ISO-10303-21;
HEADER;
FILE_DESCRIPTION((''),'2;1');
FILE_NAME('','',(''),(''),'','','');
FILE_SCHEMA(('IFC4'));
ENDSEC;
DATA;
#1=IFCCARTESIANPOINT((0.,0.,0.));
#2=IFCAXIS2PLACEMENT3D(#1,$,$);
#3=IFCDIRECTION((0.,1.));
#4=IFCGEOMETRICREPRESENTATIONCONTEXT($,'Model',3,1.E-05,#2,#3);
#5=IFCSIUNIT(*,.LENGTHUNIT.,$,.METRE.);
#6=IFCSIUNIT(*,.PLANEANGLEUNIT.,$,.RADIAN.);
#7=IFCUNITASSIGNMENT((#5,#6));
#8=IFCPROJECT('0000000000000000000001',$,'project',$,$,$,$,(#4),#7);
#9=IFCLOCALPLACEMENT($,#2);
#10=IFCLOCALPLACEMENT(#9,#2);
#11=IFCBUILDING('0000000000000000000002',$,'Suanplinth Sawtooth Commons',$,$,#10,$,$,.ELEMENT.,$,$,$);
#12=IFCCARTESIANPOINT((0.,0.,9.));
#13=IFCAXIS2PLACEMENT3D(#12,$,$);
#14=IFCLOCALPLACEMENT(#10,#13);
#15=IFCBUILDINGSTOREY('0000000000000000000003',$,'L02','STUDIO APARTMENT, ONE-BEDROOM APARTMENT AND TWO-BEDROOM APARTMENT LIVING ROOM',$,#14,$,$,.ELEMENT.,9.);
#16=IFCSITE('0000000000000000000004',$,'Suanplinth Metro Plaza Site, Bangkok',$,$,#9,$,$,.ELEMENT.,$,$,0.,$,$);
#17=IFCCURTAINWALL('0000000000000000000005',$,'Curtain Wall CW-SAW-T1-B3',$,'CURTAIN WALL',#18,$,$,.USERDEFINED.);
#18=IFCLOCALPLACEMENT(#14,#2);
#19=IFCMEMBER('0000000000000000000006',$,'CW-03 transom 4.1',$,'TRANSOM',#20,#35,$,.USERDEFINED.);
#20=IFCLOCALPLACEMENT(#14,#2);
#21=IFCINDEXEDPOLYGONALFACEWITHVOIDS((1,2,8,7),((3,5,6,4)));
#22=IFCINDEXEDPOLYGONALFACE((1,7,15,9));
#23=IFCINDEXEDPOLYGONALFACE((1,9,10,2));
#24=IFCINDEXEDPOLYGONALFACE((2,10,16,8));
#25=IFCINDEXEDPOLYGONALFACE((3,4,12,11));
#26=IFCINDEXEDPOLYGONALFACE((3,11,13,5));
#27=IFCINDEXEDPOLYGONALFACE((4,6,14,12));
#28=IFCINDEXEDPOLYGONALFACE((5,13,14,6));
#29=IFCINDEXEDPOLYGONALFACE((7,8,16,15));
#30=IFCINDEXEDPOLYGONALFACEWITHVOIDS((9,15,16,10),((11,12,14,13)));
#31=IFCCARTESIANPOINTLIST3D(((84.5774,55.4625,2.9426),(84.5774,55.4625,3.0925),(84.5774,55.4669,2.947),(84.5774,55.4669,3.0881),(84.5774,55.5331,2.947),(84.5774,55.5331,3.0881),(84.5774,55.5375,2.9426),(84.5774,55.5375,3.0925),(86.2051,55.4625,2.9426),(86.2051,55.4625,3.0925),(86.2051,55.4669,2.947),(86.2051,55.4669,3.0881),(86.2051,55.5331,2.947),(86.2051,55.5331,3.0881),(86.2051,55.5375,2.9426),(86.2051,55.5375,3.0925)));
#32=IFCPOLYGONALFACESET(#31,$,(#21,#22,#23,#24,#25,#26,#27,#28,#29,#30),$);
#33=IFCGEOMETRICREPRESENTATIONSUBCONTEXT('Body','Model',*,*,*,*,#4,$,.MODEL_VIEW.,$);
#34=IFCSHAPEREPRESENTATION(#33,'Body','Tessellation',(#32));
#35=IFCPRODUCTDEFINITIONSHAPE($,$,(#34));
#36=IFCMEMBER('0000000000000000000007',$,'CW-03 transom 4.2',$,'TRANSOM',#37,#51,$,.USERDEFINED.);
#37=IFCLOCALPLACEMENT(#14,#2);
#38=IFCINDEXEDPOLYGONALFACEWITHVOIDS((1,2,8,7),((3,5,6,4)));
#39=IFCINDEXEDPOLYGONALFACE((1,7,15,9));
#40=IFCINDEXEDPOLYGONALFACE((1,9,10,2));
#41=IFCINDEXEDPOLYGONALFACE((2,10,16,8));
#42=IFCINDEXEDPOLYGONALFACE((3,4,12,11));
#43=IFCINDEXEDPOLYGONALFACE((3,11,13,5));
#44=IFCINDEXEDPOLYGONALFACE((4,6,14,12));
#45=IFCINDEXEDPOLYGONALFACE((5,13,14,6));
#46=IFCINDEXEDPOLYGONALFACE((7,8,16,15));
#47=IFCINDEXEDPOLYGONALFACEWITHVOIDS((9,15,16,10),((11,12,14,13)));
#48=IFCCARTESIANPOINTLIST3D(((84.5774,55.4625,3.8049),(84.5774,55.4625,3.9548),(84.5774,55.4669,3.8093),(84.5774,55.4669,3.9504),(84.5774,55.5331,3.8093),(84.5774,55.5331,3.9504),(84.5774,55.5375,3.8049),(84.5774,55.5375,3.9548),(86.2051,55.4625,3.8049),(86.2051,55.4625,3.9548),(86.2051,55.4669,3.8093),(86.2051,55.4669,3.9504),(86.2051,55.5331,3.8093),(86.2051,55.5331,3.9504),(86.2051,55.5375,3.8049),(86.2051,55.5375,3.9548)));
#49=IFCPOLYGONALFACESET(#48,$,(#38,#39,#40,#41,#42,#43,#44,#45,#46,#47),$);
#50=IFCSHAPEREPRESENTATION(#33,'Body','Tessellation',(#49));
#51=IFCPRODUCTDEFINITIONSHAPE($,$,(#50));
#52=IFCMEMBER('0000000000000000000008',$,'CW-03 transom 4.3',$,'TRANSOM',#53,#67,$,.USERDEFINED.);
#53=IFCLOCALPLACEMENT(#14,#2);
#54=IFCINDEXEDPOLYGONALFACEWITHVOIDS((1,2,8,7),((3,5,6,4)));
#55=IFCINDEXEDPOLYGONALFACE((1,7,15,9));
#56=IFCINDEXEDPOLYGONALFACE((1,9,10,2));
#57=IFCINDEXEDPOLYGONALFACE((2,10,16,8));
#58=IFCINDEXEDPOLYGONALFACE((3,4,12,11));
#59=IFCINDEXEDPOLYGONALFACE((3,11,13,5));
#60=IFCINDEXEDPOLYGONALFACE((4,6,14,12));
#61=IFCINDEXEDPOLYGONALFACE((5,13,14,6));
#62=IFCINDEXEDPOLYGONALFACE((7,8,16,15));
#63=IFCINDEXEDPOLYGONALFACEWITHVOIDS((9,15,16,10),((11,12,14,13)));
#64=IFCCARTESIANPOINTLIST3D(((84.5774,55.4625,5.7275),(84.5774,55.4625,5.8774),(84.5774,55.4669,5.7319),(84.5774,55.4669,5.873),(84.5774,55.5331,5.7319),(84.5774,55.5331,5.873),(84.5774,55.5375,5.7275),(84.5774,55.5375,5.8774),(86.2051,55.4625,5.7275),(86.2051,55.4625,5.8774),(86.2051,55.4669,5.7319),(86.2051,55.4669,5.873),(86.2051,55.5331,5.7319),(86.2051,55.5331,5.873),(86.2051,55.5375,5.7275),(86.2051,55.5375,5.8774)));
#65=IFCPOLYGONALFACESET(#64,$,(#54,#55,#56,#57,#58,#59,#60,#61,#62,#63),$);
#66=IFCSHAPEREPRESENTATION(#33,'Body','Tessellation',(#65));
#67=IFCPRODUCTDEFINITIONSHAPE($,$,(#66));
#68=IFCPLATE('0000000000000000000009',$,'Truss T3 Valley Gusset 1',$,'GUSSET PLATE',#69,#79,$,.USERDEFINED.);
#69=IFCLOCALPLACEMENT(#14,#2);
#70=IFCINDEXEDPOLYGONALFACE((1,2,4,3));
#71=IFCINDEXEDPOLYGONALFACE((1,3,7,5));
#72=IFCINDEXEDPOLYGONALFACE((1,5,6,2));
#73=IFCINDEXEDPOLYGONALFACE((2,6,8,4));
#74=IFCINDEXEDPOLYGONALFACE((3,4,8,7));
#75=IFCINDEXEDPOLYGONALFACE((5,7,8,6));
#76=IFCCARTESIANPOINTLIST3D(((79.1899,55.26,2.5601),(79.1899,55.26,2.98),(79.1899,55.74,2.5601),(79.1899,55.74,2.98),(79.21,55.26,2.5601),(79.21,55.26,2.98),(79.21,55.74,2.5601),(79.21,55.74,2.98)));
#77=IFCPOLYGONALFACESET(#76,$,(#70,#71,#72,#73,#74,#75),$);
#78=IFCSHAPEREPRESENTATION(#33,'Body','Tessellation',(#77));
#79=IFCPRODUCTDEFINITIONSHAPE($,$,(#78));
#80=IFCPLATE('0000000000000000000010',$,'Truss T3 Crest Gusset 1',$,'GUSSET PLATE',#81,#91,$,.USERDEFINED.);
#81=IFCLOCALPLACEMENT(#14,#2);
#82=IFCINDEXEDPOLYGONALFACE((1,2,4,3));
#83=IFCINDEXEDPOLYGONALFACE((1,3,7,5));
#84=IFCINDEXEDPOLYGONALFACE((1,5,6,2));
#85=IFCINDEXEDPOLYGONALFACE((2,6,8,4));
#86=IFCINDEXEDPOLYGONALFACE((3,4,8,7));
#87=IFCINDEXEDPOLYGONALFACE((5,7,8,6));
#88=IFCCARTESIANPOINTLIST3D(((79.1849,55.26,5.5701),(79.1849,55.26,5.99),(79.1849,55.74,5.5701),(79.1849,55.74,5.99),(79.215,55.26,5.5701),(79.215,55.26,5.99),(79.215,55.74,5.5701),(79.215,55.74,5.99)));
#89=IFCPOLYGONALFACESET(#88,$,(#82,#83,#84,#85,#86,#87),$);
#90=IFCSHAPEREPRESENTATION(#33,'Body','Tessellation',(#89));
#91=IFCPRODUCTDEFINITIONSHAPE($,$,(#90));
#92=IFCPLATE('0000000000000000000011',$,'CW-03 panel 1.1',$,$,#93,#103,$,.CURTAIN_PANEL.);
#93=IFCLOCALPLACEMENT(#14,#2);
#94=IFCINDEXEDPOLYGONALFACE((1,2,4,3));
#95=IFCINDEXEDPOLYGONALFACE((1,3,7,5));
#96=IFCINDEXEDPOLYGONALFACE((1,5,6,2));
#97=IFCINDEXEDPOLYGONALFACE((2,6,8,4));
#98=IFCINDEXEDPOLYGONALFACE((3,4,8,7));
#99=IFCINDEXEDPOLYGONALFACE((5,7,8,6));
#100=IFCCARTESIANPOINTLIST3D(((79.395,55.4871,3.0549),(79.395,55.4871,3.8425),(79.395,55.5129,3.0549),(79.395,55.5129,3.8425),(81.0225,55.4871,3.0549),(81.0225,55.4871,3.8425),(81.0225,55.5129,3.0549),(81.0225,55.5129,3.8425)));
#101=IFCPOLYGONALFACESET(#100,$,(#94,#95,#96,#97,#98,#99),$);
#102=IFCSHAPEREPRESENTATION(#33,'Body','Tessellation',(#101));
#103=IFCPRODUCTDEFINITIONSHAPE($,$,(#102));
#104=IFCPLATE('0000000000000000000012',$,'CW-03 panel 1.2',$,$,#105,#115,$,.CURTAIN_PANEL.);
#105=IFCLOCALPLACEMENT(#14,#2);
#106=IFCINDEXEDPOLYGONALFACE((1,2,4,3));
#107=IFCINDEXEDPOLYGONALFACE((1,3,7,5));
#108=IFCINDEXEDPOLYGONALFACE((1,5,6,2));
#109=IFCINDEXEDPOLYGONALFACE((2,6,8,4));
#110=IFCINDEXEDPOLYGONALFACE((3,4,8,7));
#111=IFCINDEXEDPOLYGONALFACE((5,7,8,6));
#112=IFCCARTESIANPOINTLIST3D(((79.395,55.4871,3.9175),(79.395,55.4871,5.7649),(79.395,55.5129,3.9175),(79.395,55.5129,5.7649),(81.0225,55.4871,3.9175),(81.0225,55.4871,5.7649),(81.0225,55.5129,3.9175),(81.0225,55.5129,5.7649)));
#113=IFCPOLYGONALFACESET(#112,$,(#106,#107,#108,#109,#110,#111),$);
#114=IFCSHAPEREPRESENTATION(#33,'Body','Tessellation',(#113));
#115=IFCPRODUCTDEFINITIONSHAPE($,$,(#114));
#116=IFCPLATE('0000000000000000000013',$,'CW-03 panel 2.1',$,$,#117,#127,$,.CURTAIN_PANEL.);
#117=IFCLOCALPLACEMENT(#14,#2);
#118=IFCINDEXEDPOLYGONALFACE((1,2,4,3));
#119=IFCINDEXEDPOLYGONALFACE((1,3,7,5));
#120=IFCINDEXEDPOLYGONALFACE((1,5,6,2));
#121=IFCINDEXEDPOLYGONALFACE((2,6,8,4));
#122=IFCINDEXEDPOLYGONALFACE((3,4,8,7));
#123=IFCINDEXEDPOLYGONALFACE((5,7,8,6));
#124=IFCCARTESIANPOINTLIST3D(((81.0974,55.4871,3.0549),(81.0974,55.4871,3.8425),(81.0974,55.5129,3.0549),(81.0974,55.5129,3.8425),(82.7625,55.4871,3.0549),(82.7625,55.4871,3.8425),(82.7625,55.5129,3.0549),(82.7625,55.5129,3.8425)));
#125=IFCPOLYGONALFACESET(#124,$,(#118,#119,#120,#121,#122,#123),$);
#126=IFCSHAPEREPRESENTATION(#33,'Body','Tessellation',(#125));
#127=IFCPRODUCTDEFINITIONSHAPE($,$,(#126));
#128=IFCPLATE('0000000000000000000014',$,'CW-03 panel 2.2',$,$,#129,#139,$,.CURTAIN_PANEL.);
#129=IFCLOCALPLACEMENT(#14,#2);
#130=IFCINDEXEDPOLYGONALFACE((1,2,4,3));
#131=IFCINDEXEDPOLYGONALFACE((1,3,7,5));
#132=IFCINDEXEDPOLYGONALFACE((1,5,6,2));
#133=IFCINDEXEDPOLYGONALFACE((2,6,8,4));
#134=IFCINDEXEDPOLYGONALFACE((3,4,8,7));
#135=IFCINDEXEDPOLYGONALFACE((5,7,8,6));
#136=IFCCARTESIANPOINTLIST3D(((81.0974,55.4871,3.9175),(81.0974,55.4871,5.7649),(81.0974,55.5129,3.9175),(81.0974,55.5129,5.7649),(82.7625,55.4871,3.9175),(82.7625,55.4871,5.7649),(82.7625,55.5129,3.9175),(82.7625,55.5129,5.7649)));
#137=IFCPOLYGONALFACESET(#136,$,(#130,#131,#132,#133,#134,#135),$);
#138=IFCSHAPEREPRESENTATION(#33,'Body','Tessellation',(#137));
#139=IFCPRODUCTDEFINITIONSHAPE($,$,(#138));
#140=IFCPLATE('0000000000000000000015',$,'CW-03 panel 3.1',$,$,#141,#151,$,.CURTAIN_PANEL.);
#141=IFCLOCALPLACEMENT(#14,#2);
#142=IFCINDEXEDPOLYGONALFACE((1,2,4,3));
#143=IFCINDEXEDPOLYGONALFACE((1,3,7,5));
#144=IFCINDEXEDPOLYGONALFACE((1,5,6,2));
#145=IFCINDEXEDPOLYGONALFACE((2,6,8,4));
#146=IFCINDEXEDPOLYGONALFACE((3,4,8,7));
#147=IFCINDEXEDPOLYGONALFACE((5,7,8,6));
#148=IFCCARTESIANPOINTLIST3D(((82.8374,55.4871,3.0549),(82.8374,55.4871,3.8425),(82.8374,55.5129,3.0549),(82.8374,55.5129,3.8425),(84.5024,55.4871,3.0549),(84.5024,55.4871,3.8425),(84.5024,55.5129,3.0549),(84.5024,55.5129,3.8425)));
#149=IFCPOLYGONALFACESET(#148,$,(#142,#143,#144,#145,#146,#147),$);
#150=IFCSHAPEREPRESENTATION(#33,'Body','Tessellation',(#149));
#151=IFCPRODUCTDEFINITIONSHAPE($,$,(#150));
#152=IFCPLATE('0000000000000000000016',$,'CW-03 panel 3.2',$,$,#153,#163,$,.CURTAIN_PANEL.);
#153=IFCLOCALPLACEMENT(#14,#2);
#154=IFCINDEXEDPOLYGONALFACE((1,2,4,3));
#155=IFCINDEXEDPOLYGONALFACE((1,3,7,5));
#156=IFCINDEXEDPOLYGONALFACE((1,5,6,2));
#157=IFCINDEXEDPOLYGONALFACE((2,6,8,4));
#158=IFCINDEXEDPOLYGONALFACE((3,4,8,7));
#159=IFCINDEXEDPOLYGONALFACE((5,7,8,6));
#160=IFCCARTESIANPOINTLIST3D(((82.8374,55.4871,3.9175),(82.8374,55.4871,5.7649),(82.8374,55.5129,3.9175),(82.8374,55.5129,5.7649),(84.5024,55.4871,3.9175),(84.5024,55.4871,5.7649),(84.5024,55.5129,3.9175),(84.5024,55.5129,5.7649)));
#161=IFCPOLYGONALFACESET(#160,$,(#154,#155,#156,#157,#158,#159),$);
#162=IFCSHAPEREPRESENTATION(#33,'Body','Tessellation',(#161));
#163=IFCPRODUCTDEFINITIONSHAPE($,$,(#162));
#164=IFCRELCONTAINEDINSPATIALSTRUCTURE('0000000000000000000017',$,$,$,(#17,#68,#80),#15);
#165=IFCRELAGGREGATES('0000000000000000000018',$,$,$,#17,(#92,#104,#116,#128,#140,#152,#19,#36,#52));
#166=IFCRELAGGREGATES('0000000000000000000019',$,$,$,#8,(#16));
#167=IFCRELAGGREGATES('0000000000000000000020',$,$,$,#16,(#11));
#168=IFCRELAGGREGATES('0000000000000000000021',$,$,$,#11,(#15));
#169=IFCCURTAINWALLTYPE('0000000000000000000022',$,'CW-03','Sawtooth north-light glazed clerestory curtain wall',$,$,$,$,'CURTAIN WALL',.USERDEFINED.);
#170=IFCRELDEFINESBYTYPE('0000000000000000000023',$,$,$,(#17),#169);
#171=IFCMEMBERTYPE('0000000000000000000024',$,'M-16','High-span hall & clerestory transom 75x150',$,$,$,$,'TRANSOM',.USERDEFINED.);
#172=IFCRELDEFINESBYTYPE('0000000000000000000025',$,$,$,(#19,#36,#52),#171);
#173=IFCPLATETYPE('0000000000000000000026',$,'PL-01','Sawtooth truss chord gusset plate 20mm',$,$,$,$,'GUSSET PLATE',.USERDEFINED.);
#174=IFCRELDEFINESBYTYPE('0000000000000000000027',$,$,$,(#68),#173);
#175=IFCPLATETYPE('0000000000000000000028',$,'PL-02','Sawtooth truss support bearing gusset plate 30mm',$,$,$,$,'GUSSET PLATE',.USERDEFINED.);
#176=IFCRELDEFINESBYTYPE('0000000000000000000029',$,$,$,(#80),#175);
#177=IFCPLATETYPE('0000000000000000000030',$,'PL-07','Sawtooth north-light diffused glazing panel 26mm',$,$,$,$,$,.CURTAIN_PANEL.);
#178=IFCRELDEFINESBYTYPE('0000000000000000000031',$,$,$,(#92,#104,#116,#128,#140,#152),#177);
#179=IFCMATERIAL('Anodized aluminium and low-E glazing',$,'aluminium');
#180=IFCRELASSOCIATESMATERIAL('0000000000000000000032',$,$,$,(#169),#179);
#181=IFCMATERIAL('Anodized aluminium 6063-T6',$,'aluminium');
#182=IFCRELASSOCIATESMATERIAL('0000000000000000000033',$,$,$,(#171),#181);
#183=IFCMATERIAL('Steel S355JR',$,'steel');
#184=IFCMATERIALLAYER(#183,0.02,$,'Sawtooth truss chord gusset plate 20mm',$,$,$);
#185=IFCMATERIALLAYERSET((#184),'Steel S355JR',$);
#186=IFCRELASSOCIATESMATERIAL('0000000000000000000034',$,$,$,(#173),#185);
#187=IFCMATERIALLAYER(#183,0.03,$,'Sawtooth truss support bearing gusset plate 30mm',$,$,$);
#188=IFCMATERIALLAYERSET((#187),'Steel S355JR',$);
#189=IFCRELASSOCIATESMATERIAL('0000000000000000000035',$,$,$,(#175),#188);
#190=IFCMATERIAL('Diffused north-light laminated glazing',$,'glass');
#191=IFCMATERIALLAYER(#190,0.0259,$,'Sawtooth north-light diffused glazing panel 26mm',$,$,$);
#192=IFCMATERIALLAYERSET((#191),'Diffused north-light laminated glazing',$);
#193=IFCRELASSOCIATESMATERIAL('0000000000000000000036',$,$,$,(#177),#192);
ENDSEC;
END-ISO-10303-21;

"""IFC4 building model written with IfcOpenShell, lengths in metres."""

from ifc_helpers import new_model, si_unit, direction, frame, origin, origin_2d, place, context, subcontext, project, spatial, rectangle, hollow_rectangle, extrude, material, layer, layer_set, material_profile, profile_set, type_object, element, aggregate, save


model = new_model("IFC4")

# Units and contexts
model_context = context("Model", 3, precision=1e-05, world=origin(), true_north=direction((0.0, 1.0)))
body_context = subcontext(model_context, "Body", "Model", "MODEL_VIEW")
ifc_project = project(units=[si_unit("LENGTHUNIT", "METRE"), si_unit("PLANEANGLEUNIT", "RADIAN")], contexts=[model_context])

# Site, building, storey
site_placement = place(None, origin())
site = spatial("IfcSite", under=ifc_project, at=site_placement, Name="Suanplinth Metro Plaza Site, Bangkok", CompositionType="ELEMENT", RefElevation=0.0)
building_placement = place(site_placement, origin())
building = spatial("IfcBuilding", under=site, at=building_placement, Name="Suanplinth Sawtooth Commons", CompositionType="ELEMENT")
storey_placement = place(building_placement, frame((0.0, 0.0, 9.0)))
storey = spatial("IfcBuildingStorey", under=building, at=storey_placement, Name="L02", Description="STUDIO APARTMENT, ONE-BEDROOM APARTMENT AND TWO-BEDROOM APARTMENT LIVING ROOM", CompositionType="ELEMENT", Elevation=9.0)

# Shared definitions
ifc_material_1 = material(Name="Steel S355JR", Category="steel")

# Curtain wall, members
ifc_material_2 = material(Name="Anodized aluminium and low-E glazing", Category="aluminium")
curtain_wall_type = type_object("IfcCurtainWallType", Name="CW-03", Description="Sawtooth north-light glazed clerestory curtain wall", ElementType="CURTAIN WALL", PredefinedType="USERDEFINED", material=ifc_material_2)
curtain_wall_placement = place(storey_placement, origin())
curtain_wall = element("IfcCurtainWall", 1, at=curtain_wall_placement, inside=storey, type_object=curtain_wall_type, Name="Curtain Wall CW-SAW-T1-B3", ObjectType="CURTAIN WALL", PredefinedType="USERDEFINED")
ifc_material_3 = material(Name="Anodized aluminium 6063-T6", Category="aluminium")
ifc_material_profile_1 = material_profile(ifc_material_3, hollow_rectangle(XDim=0.075, YDim=0.1499, WallThickness=0.0044, at=origin_2d()), Name="ALU-TRN 75x150")
ifc_profile_set_1 = profile_set([ifc_material_profile_1], Name="Anodized aluminium 6063-T6")
member_type_1 = type_object("IfcMemberType", Name="M-16", Description="High-span hall & clerestory transom 75x150", ElementType="TRANSOM", PredefinedType="USERDEFINED", material=ifc_profile_set_1)
member_1_placement = place(storey_placement, frame((84.5774, 55.5, 3.0176), z_axis=(1.0, 0.0, 0.0), x_axis=(0.0, 1.0, 0.0)))
member_1 = element("IfcMember", 2, at=member_1_placement, type_object=member_type_1, Name="CW-03 transom 4.1", ObjectType="TRANSOM", PredefinedType="USERDEFINED", context=body_context, shape_type="SweptSolid", body=[
    extrude(hollow_rectangle(XDim=0.075, YDim=0.1499, WallThickness=0.0044, at=origin_2d()), origin(), (0.0, 0.0, 1.0), 1.6277),
])
member_2_placement = place(storey_placement, frame((84.5774, 55.5, 3.8799), z_axis=(1.0, 0.0, 0.0), x_axis=(0.0, 1.0, 0.0)))
member_2 = element("IfcMember", 3, at=member_2_placement, type_object=member_type_1, Name="CW-03 transom 4.2", ObjectType="TRANSOM", PredefinedType="USERDEFINED", context=body_context, shape_type="SweptSolid", body=[
    extrude(hollow_rectangle(XDim=0.075, YDim=0.1499, WallThickness=0.0044, at=origin_2d()), origin(), (0.0, 0.0, 1.0), 1.6277),
])
member_3_placement = place(storey_placement, frame((84.5774, 55.5, 5.8025), z_axis=(1.0, 0.0, 0.0), x_axis=(0.0, 1.0, 0.0)))
member_3 = element("IfcMember", 4, at=member_3_placement, type_object=member_type_1, Name="CW-03 transom 4.3", ObjectType="TRANSOM", PredefinedType="USERDEFINED", context=body_context, shape_type="SweptSolid", body=[
    extrude(hollow_rectangle(XDim=0.075, YDim=0.1499, WallThickness=0.0044, at=origin_2d()), origin(), (0.0, 0.0, 1.0), 1.6277),
])

# Plates
ifc_layer_1 = layer(ifc_material_1, 0.02, Name="Sawtooth truss chord gusset plate 20mm")
ifc_layer_set_1 = layer_set([ifc_layer_1], Name="Steel S355JR")
plate_type_1 = type_object("IfcPlateType", Name="PL-01", Description="Sawtooth truss chord gusset plate 20mm", ElementType="GUSSET PLATE", PredefinedType="USERDEFINED", material=ifc_layer_set_1)
plate_1_placement = place(storey_placement, frame((79.2, 55.5, 2.5601), z_axis=(0.0, 0.0, 1.0), x_axis=(1.0, 0.0, 0.0)))
element("IfcPlate", 5, at=plate_1_placement, inside=storey, type_object=plate_type_1, Name="Truss T3 Valley Gusset 1", ObjectType="GUSSET PLATE", PredefinedType="USERDEFINED", context=body_context, shape_type="SweptSolid", body=[
    extrude(rectangle(XDim=0.02, YDim=0.48, at=origin_2d()), origin(), (0.0, 0.0, 1.0), 0.4199),
])
ifc_layer_2 = layer(ifc_material_1, 0.03, Name="Sawtooth truss support bearing gusset plate 30mm")
ifc_layer_set_2 = layer_set([ifc_layer_2], Name="Steel S355JR")
plate_type_2 = type_object("IfcPlateType", Name="PL-02", Description="Sawtooth truss support bearing gusset plate 30mm", ElementType="GUSSET PLATE", PredefinedType="USERDEFINED", material=ifc_layer_set_2)
plate_2_placement = place(storey_placement, frame((79.2, 55.5, 5.5701), z_axis=(0.0, 0.0, 1.0), x_axis=(1.0, 0.0, 0.0)))
element("IfcPlate", 6, at=plate_2_placement, inside=storey, type_object=plate_type_2, Name="Truss T3 Crest Gusset 1", ObjectType="GUSSET PLATE", PredefinedType="USERDEFINED", context=body_context, shape_type="SweptSolid", body=[
    extrude(rectangle(XDim=0.03, YDim=0.48, at=origin_2d()), origin(), (0.0, 0.0, 1.0), 0.4199),
])

# Plates
ifc_material_4 = material(Name="Diffused north-light laminated glazing", Category="glass")
ifc_layer_3 = layer(ifc_material_4, 0.0259, Name="Sawtooth north-light diffused glazing panel 26mm")
ifc_layer_set_3 = layer_set([ifc_layer_3], Name="Diffused north-light laminated glazing")
plate_type_3 = type_object("IfcPlateType", Name="PL-07", Description="Sawtooth north-light diffused glazing panel 26mm", PredefinedType="CURTAIN_PANEL", material=ifc_layer_set_3)
plate_3_placement = place(storey_placement, frame((80.2087, 55.5, 3.0549), z_axis=(0.0, 0.0, 1.0), x_axis=(1.0, 0.0, 0.0)))
plate_3 = element("IfcPlate", 7, at=plate_3_placement, type_object=plate_type_3, Name="CW-03 panel 1.1", PredefinedType="CURTAIN_PANEL", context=body_context, shape_type="SweptSolid", body=[
    extrude(rectangle(XDim=1.6274, YDim=0.0259, at=origin_2d()), origin(), (0.0, 0.0, 1.0), 0.7876),
])
plate_4_placement = place(storey_placement, frame((80.2087, 55.5, 3.9175), z_axis=(0.0, 0.0, 1.0), x_axis=(1.0, 0.0, 0.0)))
plate_4 = element("IfcPlate", 8, at=plate_4_placement, type_object=plate_type_3, Name="CW-03 panel 1.2", PredefinedType="CURTAIN_PANEL", context=body_context, shape_type="SweptSolid", body=[
    extrude(rectangle(XDim=1.6274, YDim=0.0259, at=origin_2d()), origin(), (0.0, 0.0, 1.0), 1.8474),
])
plate_5_placement = place(storey_placement, frame((81.9299, 55.5, 3.0549), z_axis=(0.0, 0.0, 1.0), x_axis=(1.0, 0.0, 0.0)))
plate_5 = element("IfcPlate", 9, at=plate_5_placement, type_object=plate_type_3, Name="CW-03 panel 2.1", PredefinedType="CURTAIN_PANEL", context=body_context, shape_type="SweptSolid", body=[
    extrude(rectangle(XDim=1.665, YDim=0.0259, at=origin_2d()), origin(), (0.0, 0.0, 1.0), 0.7876),
])
plate_6_placement = place(storey_placement, frame((81.9299, 55.5, 3.9175), z_axis=(0.0, 0.0, 1.0), x_axis=(1.0, 0.0, 0.0)))
plate_6 = element("IfcPlate", 10, at=plate_6_placement, type_object=plate_type_3, Name="CW-03 panel 2.2", PredefinedType="CURTAIN_PANEL", context=body_context, shape_type="SweptSolid", body=[
    extrude(rectangle(XDim=1.665, YDim=0.0259, at=origin_2d()), origin(), (0.0, 0.0, 1.0), 1.8474),
])
plate_7_placement = place(storey_placement, frame((83.6699, 55.5, 3.0549), z_axis=(0.0, 0.0, 1.0), x_axis=(1.0, 0.0, 0.0)))
plate_7 = element("IfcPlate", 11, at=plate_7_placement, type_object=plate_type_3, Name="CW-03 panel 3.1", PredefinedType="CURTAIN_PANEL", context=body_context, shape_type="SweptSolid", body=[
    extrude(rectangle(XDim=1.665, YDim=0.0259, at=origin_2d()), origin(), (0.0, 0.0, 1.0), 0.7876),
])
plate_8_placement = place(storey_placement, frame((83.6699, 55.5, 3.9175), z_axis=(0.0, 0.0, 1.0), x_axis=(1.0, 0.0, 0.0)))
plate_8 = element("IfcPlate", 12, at=plate_8_placement, type_object=plate_type_3, Name="CW-03 panel 3.2", PredefinedType="CURTAIN_PANEL", context=body_context, shape_type="SweptSolid", body=[
    extrude(rectangle(XDim=1.665, YDim=0.0259, at=origin_2d()), origin(), (0.0, 0.0, 1.0), 1.8474),
])
aggregate(curtain_wall, [plate_3, plate_4, plate_5, plate_6, plate_7, plate_8, member_1, member_2, member_3])

save(model, "model.ifc")
